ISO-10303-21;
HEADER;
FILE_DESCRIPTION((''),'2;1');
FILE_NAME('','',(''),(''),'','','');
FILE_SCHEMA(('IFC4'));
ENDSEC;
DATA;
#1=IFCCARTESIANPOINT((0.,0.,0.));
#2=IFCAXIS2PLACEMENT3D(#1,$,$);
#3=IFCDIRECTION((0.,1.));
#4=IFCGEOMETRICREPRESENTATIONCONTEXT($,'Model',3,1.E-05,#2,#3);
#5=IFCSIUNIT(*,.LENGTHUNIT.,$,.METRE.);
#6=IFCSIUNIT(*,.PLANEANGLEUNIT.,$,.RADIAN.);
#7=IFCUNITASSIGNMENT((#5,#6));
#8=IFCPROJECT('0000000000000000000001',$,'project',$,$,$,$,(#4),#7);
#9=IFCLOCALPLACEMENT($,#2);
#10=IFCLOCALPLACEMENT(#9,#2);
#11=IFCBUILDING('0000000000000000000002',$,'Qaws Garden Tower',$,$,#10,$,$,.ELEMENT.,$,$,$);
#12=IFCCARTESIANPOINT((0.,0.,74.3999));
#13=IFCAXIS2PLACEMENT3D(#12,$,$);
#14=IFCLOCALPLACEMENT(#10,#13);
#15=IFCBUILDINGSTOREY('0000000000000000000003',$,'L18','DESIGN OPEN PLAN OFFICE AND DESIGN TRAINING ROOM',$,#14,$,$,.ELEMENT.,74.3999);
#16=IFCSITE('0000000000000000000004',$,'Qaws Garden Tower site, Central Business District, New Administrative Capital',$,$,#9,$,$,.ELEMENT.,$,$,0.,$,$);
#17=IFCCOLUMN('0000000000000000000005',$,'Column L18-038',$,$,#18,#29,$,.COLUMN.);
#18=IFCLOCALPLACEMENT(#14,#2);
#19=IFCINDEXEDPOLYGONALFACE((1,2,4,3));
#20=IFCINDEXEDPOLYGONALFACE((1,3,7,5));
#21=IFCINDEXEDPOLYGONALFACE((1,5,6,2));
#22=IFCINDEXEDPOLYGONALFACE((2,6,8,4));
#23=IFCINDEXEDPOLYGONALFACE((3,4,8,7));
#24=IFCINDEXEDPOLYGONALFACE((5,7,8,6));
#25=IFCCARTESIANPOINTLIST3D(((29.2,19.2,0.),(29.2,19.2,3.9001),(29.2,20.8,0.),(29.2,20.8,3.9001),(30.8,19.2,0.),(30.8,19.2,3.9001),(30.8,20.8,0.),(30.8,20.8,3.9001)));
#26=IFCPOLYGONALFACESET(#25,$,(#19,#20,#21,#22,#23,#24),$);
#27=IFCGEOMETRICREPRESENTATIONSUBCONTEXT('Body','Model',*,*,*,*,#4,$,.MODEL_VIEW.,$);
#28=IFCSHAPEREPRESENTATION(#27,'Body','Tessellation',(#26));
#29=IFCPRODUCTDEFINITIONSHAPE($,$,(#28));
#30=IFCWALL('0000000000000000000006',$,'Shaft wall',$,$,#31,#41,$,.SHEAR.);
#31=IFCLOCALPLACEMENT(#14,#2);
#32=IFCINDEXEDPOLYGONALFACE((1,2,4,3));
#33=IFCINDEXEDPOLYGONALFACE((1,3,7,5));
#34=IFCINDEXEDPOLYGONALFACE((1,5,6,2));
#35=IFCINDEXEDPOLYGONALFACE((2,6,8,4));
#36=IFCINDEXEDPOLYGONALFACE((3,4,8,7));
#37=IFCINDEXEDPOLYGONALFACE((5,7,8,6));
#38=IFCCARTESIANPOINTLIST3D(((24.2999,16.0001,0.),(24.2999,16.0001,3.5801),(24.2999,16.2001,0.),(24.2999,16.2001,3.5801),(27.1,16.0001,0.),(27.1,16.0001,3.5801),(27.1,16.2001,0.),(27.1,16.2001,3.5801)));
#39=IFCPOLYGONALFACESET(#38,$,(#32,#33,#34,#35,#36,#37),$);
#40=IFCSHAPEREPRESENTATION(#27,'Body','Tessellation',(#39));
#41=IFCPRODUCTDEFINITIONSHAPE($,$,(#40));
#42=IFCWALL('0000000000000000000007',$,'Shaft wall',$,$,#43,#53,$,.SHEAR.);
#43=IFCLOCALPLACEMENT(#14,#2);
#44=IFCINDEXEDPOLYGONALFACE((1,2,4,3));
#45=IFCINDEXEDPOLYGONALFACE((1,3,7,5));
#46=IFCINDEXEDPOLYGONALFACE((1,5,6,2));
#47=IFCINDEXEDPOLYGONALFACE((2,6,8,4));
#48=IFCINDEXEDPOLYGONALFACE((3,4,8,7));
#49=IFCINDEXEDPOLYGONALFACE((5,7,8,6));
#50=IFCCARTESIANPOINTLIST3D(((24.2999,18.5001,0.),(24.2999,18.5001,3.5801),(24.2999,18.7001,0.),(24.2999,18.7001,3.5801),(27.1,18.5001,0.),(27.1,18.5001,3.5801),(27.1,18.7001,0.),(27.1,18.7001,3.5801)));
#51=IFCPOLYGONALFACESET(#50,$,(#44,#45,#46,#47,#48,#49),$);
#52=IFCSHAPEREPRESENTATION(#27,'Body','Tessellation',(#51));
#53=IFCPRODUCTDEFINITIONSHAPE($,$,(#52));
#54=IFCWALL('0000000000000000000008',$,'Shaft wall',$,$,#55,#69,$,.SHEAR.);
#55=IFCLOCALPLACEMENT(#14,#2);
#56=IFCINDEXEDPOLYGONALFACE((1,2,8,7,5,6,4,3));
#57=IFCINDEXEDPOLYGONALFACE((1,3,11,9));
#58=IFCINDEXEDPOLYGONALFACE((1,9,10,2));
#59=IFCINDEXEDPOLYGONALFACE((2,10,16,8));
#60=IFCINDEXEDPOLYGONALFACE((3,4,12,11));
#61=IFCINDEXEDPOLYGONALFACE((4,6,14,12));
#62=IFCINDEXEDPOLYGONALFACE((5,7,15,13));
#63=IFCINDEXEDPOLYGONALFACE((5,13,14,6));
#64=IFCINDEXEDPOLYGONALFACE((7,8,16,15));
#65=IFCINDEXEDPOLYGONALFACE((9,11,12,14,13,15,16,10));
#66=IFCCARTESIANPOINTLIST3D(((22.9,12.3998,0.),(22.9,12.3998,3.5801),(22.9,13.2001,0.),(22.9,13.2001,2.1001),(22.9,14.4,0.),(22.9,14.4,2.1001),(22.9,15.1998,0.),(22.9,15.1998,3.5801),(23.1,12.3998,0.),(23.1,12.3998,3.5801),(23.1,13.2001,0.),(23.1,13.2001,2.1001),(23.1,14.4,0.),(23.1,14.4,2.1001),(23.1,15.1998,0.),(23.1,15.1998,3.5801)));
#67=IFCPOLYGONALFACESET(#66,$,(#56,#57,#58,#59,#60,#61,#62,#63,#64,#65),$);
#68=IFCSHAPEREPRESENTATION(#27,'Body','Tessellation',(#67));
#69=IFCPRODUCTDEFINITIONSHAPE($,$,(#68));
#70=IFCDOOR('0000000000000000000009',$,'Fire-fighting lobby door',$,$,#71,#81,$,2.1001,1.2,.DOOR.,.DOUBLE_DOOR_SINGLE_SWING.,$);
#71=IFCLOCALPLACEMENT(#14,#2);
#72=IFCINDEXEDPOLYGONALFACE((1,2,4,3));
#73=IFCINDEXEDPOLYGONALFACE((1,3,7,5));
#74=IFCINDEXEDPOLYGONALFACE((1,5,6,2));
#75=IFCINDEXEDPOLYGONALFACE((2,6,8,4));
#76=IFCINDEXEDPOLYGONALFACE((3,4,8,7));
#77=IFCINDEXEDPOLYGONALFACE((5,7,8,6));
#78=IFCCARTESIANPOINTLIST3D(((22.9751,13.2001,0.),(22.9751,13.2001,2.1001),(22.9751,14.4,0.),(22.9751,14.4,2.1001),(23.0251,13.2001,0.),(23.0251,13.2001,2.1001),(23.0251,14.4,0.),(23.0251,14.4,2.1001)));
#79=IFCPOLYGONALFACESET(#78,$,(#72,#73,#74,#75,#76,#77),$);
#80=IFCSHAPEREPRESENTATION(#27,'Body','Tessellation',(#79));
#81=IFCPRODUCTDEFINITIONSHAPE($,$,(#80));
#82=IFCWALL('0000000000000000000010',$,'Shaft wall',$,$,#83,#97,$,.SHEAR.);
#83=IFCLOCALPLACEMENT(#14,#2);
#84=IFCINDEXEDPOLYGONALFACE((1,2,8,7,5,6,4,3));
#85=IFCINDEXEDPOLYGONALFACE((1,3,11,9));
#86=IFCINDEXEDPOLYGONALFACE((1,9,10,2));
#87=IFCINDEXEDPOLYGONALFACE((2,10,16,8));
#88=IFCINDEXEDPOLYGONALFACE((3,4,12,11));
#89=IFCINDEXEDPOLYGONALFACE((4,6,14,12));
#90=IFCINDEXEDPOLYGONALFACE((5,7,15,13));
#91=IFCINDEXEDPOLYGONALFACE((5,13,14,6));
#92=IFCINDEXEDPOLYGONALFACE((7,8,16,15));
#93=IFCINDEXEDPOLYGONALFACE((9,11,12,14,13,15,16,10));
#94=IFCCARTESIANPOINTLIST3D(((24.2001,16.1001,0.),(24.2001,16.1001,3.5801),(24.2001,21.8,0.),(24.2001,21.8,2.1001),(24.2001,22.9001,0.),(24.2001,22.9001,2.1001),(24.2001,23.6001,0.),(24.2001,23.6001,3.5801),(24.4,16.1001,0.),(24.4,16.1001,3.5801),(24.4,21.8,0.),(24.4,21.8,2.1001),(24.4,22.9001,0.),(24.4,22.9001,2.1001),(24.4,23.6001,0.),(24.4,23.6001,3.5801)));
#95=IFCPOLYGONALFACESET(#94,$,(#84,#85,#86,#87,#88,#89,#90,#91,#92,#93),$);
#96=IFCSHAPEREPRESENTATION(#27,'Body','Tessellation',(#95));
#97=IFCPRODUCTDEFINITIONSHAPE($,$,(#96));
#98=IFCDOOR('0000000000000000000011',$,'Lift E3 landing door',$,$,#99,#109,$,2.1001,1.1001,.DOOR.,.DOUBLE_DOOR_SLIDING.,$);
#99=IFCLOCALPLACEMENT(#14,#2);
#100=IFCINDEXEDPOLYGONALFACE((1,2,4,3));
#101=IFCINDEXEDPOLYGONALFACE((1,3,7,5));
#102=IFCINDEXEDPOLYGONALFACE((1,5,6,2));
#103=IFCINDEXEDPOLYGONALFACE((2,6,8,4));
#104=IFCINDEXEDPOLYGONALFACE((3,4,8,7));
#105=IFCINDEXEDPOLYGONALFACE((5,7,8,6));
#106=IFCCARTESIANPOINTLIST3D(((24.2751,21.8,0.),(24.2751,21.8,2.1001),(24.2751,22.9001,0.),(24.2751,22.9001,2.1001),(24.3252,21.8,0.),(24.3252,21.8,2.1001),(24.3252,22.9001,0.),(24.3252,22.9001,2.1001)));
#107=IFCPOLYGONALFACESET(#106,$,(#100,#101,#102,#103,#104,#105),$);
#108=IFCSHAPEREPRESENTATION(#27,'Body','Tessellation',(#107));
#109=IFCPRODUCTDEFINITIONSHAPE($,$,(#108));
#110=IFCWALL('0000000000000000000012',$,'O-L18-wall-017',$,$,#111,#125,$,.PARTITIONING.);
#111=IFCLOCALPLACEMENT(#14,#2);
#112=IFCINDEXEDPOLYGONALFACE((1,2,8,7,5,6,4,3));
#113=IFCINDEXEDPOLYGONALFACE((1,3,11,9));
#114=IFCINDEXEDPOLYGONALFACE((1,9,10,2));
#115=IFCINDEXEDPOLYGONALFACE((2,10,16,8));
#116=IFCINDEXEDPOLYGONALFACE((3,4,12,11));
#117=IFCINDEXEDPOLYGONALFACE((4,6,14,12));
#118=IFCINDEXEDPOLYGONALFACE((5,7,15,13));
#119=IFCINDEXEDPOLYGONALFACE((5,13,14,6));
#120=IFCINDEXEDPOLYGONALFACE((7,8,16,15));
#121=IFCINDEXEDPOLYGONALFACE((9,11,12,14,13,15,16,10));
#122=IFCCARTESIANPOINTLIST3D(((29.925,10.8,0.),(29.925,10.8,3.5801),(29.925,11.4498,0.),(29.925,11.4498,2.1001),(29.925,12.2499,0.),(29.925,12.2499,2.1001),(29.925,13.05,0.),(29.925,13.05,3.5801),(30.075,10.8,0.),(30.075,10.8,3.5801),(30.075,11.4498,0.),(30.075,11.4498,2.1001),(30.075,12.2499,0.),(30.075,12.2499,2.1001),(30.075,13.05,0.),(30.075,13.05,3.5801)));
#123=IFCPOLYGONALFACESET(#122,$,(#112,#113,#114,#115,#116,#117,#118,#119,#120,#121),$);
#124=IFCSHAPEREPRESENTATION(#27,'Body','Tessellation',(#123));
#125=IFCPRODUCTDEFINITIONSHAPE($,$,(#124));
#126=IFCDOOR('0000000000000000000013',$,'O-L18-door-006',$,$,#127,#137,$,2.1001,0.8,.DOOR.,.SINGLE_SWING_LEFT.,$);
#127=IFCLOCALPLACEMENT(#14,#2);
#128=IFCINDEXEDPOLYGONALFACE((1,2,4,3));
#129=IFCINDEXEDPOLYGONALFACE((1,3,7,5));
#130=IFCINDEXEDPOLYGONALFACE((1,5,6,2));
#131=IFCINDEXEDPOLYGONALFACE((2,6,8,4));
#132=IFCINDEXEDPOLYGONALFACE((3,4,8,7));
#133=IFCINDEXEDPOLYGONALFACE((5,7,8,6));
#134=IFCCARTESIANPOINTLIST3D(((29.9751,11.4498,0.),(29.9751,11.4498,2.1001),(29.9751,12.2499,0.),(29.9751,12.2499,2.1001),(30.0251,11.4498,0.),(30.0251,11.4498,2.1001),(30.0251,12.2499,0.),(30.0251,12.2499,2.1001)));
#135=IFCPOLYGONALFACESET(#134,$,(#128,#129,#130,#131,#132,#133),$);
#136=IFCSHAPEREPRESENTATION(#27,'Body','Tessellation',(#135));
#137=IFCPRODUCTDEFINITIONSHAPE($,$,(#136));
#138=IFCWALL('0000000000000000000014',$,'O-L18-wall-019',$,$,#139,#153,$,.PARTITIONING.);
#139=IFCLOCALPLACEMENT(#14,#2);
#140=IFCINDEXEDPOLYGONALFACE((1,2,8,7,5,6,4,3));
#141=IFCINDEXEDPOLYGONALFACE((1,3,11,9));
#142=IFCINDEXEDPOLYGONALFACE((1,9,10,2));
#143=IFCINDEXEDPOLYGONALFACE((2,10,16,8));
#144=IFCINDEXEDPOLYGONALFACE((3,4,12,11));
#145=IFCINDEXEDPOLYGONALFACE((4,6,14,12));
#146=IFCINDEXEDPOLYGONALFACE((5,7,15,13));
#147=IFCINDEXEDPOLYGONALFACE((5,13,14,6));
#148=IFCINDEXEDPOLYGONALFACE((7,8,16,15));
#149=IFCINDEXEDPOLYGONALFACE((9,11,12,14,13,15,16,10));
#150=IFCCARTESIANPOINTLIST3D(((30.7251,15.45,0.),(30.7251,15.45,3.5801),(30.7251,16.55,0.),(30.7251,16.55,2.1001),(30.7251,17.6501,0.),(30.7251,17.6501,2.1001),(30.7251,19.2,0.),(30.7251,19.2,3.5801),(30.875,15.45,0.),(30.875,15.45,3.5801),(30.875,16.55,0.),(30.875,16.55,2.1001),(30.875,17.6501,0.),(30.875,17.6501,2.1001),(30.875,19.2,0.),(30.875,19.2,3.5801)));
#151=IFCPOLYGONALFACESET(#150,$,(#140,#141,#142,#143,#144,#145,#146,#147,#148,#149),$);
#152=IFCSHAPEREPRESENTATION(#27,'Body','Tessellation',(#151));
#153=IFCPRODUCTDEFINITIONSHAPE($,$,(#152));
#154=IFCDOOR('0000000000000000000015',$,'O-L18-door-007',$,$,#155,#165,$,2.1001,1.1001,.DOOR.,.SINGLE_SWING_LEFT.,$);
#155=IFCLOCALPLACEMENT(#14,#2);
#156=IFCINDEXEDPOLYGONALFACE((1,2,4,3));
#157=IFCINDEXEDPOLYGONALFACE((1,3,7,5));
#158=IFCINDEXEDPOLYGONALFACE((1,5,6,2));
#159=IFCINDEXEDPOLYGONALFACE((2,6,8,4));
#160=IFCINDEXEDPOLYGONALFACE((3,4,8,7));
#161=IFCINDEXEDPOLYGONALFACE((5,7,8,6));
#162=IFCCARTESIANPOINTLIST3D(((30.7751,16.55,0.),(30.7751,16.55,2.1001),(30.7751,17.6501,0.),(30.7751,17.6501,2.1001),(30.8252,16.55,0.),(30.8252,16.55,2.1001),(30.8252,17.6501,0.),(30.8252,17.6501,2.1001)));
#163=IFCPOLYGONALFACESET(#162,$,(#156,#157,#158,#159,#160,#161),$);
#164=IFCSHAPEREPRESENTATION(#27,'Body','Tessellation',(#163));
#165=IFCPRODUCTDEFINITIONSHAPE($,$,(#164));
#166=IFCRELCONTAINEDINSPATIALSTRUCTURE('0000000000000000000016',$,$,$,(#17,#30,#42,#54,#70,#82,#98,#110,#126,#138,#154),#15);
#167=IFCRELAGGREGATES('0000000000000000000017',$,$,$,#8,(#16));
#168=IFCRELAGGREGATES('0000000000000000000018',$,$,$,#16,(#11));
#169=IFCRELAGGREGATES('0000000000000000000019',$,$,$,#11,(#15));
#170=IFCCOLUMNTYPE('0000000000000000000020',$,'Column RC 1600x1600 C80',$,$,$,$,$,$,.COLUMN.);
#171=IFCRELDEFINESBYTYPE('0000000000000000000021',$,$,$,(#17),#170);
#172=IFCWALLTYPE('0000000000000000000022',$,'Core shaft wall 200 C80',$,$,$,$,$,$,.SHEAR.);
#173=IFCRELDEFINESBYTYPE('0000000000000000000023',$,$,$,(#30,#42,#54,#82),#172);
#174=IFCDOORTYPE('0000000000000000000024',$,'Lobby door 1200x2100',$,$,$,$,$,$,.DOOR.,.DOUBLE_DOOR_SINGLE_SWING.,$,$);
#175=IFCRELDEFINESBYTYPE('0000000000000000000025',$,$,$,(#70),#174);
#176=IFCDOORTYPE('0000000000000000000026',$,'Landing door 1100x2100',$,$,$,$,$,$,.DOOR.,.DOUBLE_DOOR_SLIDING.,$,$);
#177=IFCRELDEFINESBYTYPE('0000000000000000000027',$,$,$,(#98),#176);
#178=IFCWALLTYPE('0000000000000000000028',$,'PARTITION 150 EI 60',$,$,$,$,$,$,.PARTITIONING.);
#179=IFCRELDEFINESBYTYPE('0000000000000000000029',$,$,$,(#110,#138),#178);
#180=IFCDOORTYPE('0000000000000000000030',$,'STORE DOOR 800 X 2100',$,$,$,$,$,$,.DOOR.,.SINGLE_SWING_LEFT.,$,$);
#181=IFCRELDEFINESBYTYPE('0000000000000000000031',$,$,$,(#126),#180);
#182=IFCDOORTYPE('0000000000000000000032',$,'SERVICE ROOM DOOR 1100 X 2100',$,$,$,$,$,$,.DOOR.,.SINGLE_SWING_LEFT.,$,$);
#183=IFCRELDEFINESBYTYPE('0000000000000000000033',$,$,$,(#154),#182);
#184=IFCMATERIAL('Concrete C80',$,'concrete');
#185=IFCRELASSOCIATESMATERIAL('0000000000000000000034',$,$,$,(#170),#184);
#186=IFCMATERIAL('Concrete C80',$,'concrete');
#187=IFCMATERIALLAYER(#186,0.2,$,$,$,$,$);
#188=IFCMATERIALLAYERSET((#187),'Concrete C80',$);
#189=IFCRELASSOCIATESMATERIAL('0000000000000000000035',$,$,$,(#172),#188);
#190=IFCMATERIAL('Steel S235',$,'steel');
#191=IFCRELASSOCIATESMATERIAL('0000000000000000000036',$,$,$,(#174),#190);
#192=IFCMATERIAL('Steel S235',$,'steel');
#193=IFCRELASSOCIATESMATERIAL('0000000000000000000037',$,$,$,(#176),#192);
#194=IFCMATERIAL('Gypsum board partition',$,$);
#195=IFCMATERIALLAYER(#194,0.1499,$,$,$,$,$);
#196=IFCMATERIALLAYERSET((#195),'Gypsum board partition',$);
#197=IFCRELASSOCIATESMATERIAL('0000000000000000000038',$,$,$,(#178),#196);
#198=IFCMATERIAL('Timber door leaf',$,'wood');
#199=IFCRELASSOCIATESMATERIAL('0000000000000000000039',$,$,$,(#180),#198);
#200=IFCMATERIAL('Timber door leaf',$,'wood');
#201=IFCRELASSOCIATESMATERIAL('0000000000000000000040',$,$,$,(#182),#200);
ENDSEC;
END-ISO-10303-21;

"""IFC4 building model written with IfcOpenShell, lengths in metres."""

from ifc_helpers import new_model, si_unit, direction, frame, frame_2d, origin, origin_2d, place, context, subcontext, project, spatial, rectangle, extrude, material, layer, layer_set, material_profile, profile_set, type_object, element, fill, save


model = new_model("IFC4")

# Units and contexts
model_context = context("Model", 3, precision=1e-05, world=origin(), true_north=direction((0.0, 1.0)))
body_context = subcontext(model_context, "Body", "Model", "MODEL_VIEW")
ifc_project = project(units=[si_unit("LENGTHUNIT", "METRE"), si_unit("PLANEANGLEUNIT", "RADIAN")], contexts=[model_context])

# Site, building, storey
site_placement = place(None, origin())
site = spatial("IfcSite", under=ifc_project, at=site_placement, Name="Qaws Garden Tower site, Central Business District, New Administrative Capital", CompositionType="ELEMENT", RefElevation=0.0)
building_placement = place(site_placement, origin())
building = spatial("IfcBuilding", under=site, at=building_placement, Name="Qaws Garden Tower", CompositionType="ELEMENT")
storey_placement = place(building_placement, frame((0.0, 0.0, 74.3999)))
storey = spatial("IfcBuildingStorey", under=building, at=storey_placement, Name="L18", Description="DESIGN OPEN PLAN OFFICE AND DESIGN TRAINING ROOM", CompositionType="ELEMENT", Elevation=74.3999)

# Column
ifc_material_1 = material(Name="Concrete C80", Category="concrete")
ifc_material_profile = material_profile(ifc_material_1, rectangle(XDim=1.6001, YDim=1.6001, at=origin_2d()), Name="RC 1600x1600")
ifc_profile_set = profile_set([ifc_material_profile], Name="Concrete C80")
column_type = type_object("IfcColumnType", Name="Column RC 1600x1600 C80", PredefinedType="COLUMN", material=ifc_profile_set)
column_placement = place(storey_placement, frame((30.0, 20.0, 0.0), z_axis=(0.0, 0.0, 1.0), x_axis=(1.0, 0.0, 0.0)))
element("IfcColumn", 1, at=column_placement, inside=storey, type_object=column_type, Name="Column L18-038", PredefinedType="COLUMN", context=body_context, shape_type="SweptSolid", body=[
    extrude(rectangle(XDim=1.6001, YDim=1.6001, at=origin_2d()), origin(), (0.0, 0.0, 1.0), 3.9001),
])

# Walls
ifc_material_2 = material(Name="Concrete C80", Category="concrete")
ifc_layer_1 = layer(ifc_material_2, 0.2)
ifc_layer_set_1 = layer_set([ifc_layer_1], Name="Concrete C80")
wall_type_1 = type_object("IfcWallType", Name="Core shaft wall 200 C80", PredefinedType="SHEAR", material=ifc_layer_set_1)
for number, where, z_axis, x_axis, name in (
    (2, (24.3, 16.1001, 0.0), (0.0, 0.0, 1.0), (1.0, 0.0, 0.0), "Shaft wall"),
    (3, (24.3, 18.6001, 0.0), (0.0, 0.0, 1.0), (1.0, 0.0, 0.0), "Shaft wall"),
):
    element("IfcWall", number, at=place(storey_placement, frame(where, z_axis=z_axis, x_axis=x_axis)), inside=storey, type_object=wall_type_1, Name=name, PredefinedType="SHEAR", context=body_context, shape_type="SweptSolid", body=[
        extrude(rectangle(XDim=2.8, YDim=0.2, at=frame_2d((1.3999, 0.0))), origin(), (0.0, 0.0, 1.0), 3.5801),
    ])

# Walls, openings, doors
wall_1_placement = place(storey_placement, frame((23.0, 12.3999, 0.0), z_axis=(0.0, 0.0, 1.0), x_axis=(0.0, 1.0, 0.0)))
wall_1 = element("IfcWall", 4, at=wall_1_placement, inside=storey, type_object=wall_type_1, Name="Shaft wall", PredefinedType="SHEAR", context=body_context, shape_type="SweptSolid", body=[
    extrude(rectangle(XDim=2.8, YDim=0.2, at=frame_2d((1.3999, 0.0))), origin(), (0.0, 0.0, 1.0), 3.5801),
])
opening_1_placement = place(wall_1_placement, frame((0.8, 0.0, 0.0)))
opening_1 = element("IfcOpeningElement", 5, at=opening_1_placement, cuts=wall_1, PredefinedType="OPENING", context=body_context, shape_type="SweptSolid", body=[
    extrude(rectangle(XDim=1.2, YDim=2.1001, at=frame_2d((0.6001, 1.05))), frame((0.0, 0.1099, 0.0), z_axis=(0.0, -1.0, 0.0), x_axis=(1.0, 0.0, 0.0)), (0.0, 0.0, 1.0), 0.22),
])
ifc_material_3 = material(Name="Steel S235", Category="steel")
door_type_1 = type_object("IfcDoorType", Name="Lobby door 1200x2100", OperationType="DOUBLE_DOOR_SINGLE_SWING", PredefinedType="DOOR", material=ifc_material_3)
door_1_placement = place(opening_1_placement, origin())
door_1 = element("IfcDoor", 6, at=door_1_placement, inside=storey, type_object=door_type_1, Name="Fire-fighting lobby door", OperationType="DOUBLE_DOOR_SINGLE_SWING", OverallHeight=2.1001, OverallWidth=1.2, PredefinedType="DOOR", context=body_context, shape_type="SweptSolid", body=[
    extrude(rectangle(XDim=1.2, YDim=2.1001, at=frame_2d((0.6001, 1.05))), frame((0.0, 0.0249, 0.0), z_axis=(0.0, -1.0, 0.0), x_axis=(1.0, 0.0, 0.0)), (0.0, 0.0, 1.0), 0.05),
])
fill(opening_1, door_1)
wall_2_placement = place(storey_placement, frame((24.3, 16.1001, 0.0), z_axis=(0.0, 0.0, 1.0), x_axis=(0.0, 1.0, 0.0)))
wall_2 = element("IfcWall", 7, at=wall_2_placement, inside=storey, type_object=wall_type_1, Name="Shaft wall", PredefinedType="SHEAR", context=body_context, shape_type="SweptSolid", body=[
    extrude(rectangle(XDim=7.5, YDim=0.2, at=frame_2d((3.75, 0.0))), origin(), (0.0, 0.0, 1.0), 3.5801),
])
opening_2_placement = place(wall_2_placement, frame((5.7, 0.0, 0.0)))
opening_2 = element("IfcOpeningElement", 8, at=opening_2_placement, cuts=wall_2, PredefinedType="OPENING", context=body_context, shape_type="SweptSolid", body=[
    extrude(rectangle(XDim=1.1001, YDim=2.1001, at=frame_2d((0.55, 1.05))), frame((0.0, 0.1099, 0.0), z_axis=(0.0, -1.0, 0.0), x_axis=(1.0, 0.0, 0.0)), (0.0, 0.0, 1.0), 0.22),
])
ifc_material_4 = material(Name="Steel S235", Category="steel")
door_type_2 = type_object("IfcDoorType", Name="Landing door 1100x2100", OperationType="DOUBLE_DOOR_SLIDING", PredefinedType="DOOR", material=ifc_material_4)
door_2_placement = place(opening_2_placement, origin())
door_2 = element("IfcDoor", 9, at=door_2_placement, inside=storey, type_object=door_type_2, Name="Lift E3 landing door", OperationType="DOUBLE_DOOR_SLIDING", OverallHeight=2.1001, OverallWidth=1.1001, PredefinedType="DOOR", context=body_context, shape_type="SweptSolid", body=[
    extrude(rectangle(XDim=1.1001, YDim=2.1001, at=frame_2d((0.55, 1.05))), frame((0.0, 0.0249, 0.0), z_axis=(0.0, -1.0, 0.0), x_axis=(1.0, 0.0, 0.0)), (0.0, 0.0, 1.0), 0.05),
])
fill(opening_2, door_2)
ifc_material_5 = material(Name="Gypsum board partition")
ifc_layer_2 = layer(ifc_material_5, 0.1499)
ifc_layer_set_2 = layer_set([ifc_layer_2], Name="Gypsum board partition")
wall_type_2 = type_object("IfcWallType", Name="PARTITION 150 EI 60", PredefinedType="PARTITIONING", material=ifc_layer_set_2)
wall_3_placement = place(storey_placement, frame((30.0, 10.8, 0.0), z_axis=(0.0, 0.0, 1.0), x_axis=(0.0, 1.0, 0.0)))
wall_3 = element("IfcWall", 10, at=wall_3_placement, inside=storey, type_object=wall_type_2, Name="O-L18-wall-017", PredefinedType="PARTITIONING", context=body_context, shape_type="SweptSolid", body=[
    extrude(rectangle(XDim=2.25, YDim=0.1499, at=frame_2d((1.125, 0.0))), origin(), (0.0, 0.0, 1.0), 3.5801),
])
opening_3_placement = place(wall_3_placement, frame((0.6499, 0.0, 0.0)))
opening_3 = element("IfcOpeningElement", 11, at=opening_3_placement, cuts=wall_3, PredefinedType="OPENING", context=body_context, shape_type="SweptSolid", body=[
    extrude(rectangle(XDim=0.8, YDim=2.1001, at=frame_2d((0.3999, 1.05))), frame((0.0, 0.085, 0.0), z_axis=(0.0, -1.0, 0.0), x_axis=(1.0, 0.0, 0.0)), (0.0, 0.0, 1.0), 0.1699),
])
ifc_material_6 = material(Name="Timber door leaf", Category="wood")
door_type_3 = type_object("IfcDoorType", Name="STORE DOOR 800 X 2100", OperationType="SINGLE_SWING_LEFT", PredefinedType="DOOR", material=ifc_material_6)
door_3_placement = place(opening_3_placement, origin())
door_3 = element("IfcDoor", 12, at=door_3_placement, inside=storey, type_object=door_type_3, Name="O-L18-door-006", OperationType="SINGLE_SWING_LEFT", OverallHeight=2.1001, OverallWidth=0.8, PredefinedType="DOOR", context=body_context, shape_type="SweptSolid", body=[
    extrude(rectangle(XDim=0.8, YDim=2.1001, at=frame_2d((0.3999, 1.05))), frame((0.0, 0.0249, 0.0), z_axis=(0.0, -1.0, 0.0), x_axis=(1.0, 0.0, 0.0)), (0.0, 0.0, 1.0), 0.05),
])
fill(opening_3, door_3)
wall_4_placement = place(storey_placement, frame((30.8, 15.45, 0.0), z_axis=(0.0, 0.0, 1.0), x_axis=(0.0, 1.0, 0.0)))
wall_4 = element("IfcWall", 13, at=wall_4_placement, inside=storey, type_object=wall_type_2, Name="O-L18-wall-019", PredefinedType="PARTITIONING", context=body_context, shape_type="SweptSolid", body=[
    extrude(rectangle(XDim=3.75, YDim=0.1499, at=frame_2d((1.875, 0.0))), origin(), (0.0, 0.0, 1.0), 3.5801),
])
opening_4_placement = place(wall_4_placement, frame((1.1001, 0.0, 0.0)))
opening_4 = element("IfcOpeningElement", 14, at=opening_4_placement, cuts=wall_4, PredefinedType="OPENING", context=body_context, shape_type="SweptSolid", body=[
    extrude(rectangle(XDim=1.1001, YDim=2.1001, at=frame_2d((0.55, 1.05))), frame((0.0, 0.085, 0.0), z_axis=(0.0, -1.0, 0.0), x_axis=(1.0, 0.0, 0.0)), (0.0, 0.0, 1.0), 0.1699),
])
ifc_material_7 = material(Name="Timber door leaf", Category="wood")
door_type_4 = type_object("IfcDoorType", Name="SERVICE ROOM DOOR 1100 X 2100", OperationType="SINGLE_SWING_LEFT", PredefinedType="DOOR", material=ifc_material_7)
door_4_placement = place(opening_4_placement, origin())
door_4 = element("IfcDoor", 15, at=door_4_placement, inside=storey, type_object=door_type_4, Name="O-L18-door-007", OperationType="SINGLE_SWING_LEFT", OverallHeight=2.1001, OverallWidth=1.1001, PredefinedType="DOOR", context=body_context, shape_type="SweptSolid", body=[
    extrude(rectangle(XDim=1.1001, YDim=2.1001, at=frame_2d((0.55, 1.05))), frame((0.0, 0.0249, 0.0), z_axis=(0.0, -1.0, 0.0), x_axis=(1.0, 0.0, 0.0)), (0.0, 0.0, 1.0), 0.05),
])
fill(opening_4, door_4)

save(model, "model.ifc")
